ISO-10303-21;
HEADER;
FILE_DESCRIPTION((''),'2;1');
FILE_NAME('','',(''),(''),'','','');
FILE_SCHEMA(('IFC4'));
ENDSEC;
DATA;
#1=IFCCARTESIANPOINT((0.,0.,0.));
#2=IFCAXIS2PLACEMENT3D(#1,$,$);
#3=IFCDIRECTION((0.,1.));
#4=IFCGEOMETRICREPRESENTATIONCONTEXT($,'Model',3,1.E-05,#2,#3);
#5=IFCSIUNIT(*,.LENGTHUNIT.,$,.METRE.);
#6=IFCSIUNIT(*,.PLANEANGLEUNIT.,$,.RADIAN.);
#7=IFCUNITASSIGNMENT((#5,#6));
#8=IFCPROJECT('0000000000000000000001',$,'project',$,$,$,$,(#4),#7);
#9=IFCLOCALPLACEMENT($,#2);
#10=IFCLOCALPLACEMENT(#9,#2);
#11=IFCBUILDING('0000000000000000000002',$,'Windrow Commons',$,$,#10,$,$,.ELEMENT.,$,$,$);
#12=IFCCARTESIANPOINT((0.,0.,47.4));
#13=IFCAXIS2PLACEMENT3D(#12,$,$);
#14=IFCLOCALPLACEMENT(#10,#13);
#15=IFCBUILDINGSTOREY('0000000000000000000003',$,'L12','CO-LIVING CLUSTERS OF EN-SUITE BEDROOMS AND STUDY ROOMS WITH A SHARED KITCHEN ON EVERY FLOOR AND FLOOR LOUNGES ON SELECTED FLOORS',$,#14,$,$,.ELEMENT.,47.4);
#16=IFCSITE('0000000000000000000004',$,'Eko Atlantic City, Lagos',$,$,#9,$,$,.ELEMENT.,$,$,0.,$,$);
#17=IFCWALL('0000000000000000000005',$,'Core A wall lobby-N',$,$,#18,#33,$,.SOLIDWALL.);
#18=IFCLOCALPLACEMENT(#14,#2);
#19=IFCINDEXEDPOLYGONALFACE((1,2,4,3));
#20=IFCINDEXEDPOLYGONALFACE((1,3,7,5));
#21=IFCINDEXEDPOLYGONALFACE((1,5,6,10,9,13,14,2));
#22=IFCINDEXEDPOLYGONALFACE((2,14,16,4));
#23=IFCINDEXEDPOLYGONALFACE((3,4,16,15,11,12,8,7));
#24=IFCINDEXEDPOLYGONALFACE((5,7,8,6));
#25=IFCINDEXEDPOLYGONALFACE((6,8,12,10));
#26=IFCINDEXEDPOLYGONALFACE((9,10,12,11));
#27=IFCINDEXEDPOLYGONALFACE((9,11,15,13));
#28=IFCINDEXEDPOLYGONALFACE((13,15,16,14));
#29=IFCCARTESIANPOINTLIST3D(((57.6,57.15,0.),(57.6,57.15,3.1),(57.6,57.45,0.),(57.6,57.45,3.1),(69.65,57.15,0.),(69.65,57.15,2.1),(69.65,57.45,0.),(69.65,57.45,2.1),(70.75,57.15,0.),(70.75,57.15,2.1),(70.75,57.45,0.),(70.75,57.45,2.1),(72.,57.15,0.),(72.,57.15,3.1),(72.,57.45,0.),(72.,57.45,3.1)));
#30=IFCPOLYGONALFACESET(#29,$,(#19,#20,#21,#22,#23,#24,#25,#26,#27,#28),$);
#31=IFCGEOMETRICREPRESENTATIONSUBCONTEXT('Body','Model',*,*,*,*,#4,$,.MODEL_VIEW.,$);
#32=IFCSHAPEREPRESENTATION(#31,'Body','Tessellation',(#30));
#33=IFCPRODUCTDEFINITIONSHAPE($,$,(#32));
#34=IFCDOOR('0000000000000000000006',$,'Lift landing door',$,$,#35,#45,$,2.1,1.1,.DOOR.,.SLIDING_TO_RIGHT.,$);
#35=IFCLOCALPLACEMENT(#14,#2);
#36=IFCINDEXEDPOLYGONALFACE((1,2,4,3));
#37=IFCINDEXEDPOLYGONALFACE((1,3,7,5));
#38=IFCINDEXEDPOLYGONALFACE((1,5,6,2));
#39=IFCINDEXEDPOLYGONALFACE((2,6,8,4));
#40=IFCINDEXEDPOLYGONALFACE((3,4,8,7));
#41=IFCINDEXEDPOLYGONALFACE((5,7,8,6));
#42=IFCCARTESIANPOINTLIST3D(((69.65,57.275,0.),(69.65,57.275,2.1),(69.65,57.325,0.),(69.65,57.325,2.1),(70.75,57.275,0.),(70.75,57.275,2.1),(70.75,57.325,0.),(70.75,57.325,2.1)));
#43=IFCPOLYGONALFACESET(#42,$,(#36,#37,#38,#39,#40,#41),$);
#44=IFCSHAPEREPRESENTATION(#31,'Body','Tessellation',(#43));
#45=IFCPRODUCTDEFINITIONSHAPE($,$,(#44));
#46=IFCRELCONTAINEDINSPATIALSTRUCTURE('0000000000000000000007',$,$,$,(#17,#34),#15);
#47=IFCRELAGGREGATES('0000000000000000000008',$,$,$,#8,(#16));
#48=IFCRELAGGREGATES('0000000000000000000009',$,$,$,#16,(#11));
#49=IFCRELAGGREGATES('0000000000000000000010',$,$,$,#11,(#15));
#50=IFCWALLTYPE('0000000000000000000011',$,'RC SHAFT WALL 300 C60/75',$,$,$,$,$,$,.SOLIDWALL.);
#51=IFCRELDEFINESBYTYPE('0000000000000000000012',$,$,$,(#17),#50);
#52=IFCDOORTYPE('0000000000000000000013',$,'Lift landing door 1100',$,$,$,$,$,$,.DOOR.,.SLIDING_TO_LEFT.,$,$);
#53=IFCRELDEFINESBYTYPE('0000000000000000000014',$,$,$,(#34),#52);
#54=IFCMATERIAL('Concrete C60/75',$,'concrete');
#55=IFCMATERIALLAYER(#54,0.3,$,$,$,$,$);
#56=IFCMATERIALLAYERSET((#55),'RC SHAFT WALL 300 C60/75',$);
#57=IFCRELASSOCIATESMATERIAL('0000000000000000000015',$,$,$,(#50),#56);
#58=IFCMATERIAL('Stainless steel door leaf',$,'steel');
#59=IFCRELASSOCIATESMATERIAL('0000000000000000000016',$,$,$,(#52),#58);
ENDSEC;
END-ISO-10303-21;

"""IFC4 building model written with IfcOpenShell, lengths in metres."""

from ifc_helpers import new_model, si_unit, direction, frame, frame_2d, origin, place, context, subcontext, project, spatial, rectangle, extrude, material, layer, layer_set, type_object, element, fill, save


model = new_model("IFC4")

# Units and contexts
model_context = context("Model", 3, precision=1e-05, world=origin(), true_north=direction((0.0, 1.0)))
body_context = subcontext(model_context, "Body", "Model", "MODEL_VIEW")
ifc_project = project(units=[si_unit("LENGTHUNIT", "METRE"), si_unit("PLANEANGLEUNIT", "RADIAN")], contexts=[model_context])

# Site, building, storey
site_placement = place(None, origin())
site = spatial("IfcSite", under=ifc_project, at=site_placement, Name="Eko Atlantic City, Lagos", CompositionType="ELEMENT", RefElevation=0.0)
building_placement = place(site_placement, origin())
building = spatial("IfcBuilding", under=site, at=building_placement, Name="Windrow Commons", CompositionType="ELEMENT")
storey_placement = place(building_placement, frame((0.0, 0.0, 47.4)))
storey = spatial("IfcBuildingStorey", under=building, at=storey_placement, Name="L12", Description="CO-LIVING CLUSTERS OF EN-SUITE BEDROOMS AND STUDY ROOMS WITH A SHARED KITCHEN ON EVERY FLOOR AND FLOOR LOUNGES ON SELECTED FLOORS", CompositionType="ELEMENT", Elevation=47.4)

# Shared definitions
ifc_material_1 = material(Name="Concrete C60/75", Category="concrete")
ifc_layer_1 = layer(ifc_material_1, 0.3)
ifc_layer_set_1 = layer_set([ifc_layer_1], Name="RC SHAFT WALL 300 C60/75")
wall_type_1 = type_object("IfcWallType", Name="RC SHAFT WALL 300 C60/75", PredefinedType="SOLIDWALL", material=ifc_layer_set_1)

# Shared definitions
ifc_material_2 = material(Name="Stainless steel door leaf", Category="steel")
door_type_1 = type_object("IfcDoorType", Name="Lift landing door 1100", OperationType="SLIDING_TO_LEFT", PredefinedType="DOOR", material=ifc_material_2)

# Wall, opening, door
wall_1_placement = place(storey_placement, frame((57.6, 57.3, 0.0), z_axis=(0.0, 0.0, 1.0), x_axis=(1.0, 0.0, 0.0)))
wall_1 = element("IfcWall", 1, at=wall_1_placement, inside=storey, type_object=wall_type_1, Name="Core A wall lobby-N", PredefinedType="SOLIDWALL", context=body_context, shape_type="SweptSolid", body=[
    extrude(rectangle(XDim=14.4, YDim=0.3, at=frame_2d((7.2, 0.0))), origin(), (0.0, 0.0, 1.0), 3.1),
])
opening_1_placement = place(wall_1_placement, frame((12.05, 0.0, 0.0)))
opening_1 = element("IfcOpeningElement", 2, at=opening_1_placement, cuts=wall_1, PredefinedType="OPENING", context=body_context, shape_type="SweptSolid", body=[
    extrude(rectangle(XDim=1.1, YDim=2.1, at=frame_2d((0.55, 1.05))), frame((0.0, 0.16, 0.0), z_axis=(0.0, -1.0, 0.0), x_axis=(1.0, 0.0, 0.0)), (0.0, 0.0, 1.0), 0.32),
])
door_1_placement = place(opening_1_placement, origin())
door_1 = element("IfcDoor", 3, at=door_1_placement, inside=storey, type_object=door_type_1, Name="Lift landing door", OperationType="SLIDING_TO_RIGHT", OverallHeight=2.1, OverallWidth=1.1, PredefinedType="DOOR", context=body_context, shape_type="SweptSolid", body=[
    extrude(rectangle(XDim=1.1, YDim=2.1, at=frame_2d((0.55, 1.05))), frame((0.0, 0.025, 0.0), z_axis=(0.0, -1.0, 0.0), x_axis=(1.0, 0.0, 0.0)), (0.0, 0.0, 1.0), 0.05),
])
fill(opening_1, door_1)

save(model, "model.ifc")
